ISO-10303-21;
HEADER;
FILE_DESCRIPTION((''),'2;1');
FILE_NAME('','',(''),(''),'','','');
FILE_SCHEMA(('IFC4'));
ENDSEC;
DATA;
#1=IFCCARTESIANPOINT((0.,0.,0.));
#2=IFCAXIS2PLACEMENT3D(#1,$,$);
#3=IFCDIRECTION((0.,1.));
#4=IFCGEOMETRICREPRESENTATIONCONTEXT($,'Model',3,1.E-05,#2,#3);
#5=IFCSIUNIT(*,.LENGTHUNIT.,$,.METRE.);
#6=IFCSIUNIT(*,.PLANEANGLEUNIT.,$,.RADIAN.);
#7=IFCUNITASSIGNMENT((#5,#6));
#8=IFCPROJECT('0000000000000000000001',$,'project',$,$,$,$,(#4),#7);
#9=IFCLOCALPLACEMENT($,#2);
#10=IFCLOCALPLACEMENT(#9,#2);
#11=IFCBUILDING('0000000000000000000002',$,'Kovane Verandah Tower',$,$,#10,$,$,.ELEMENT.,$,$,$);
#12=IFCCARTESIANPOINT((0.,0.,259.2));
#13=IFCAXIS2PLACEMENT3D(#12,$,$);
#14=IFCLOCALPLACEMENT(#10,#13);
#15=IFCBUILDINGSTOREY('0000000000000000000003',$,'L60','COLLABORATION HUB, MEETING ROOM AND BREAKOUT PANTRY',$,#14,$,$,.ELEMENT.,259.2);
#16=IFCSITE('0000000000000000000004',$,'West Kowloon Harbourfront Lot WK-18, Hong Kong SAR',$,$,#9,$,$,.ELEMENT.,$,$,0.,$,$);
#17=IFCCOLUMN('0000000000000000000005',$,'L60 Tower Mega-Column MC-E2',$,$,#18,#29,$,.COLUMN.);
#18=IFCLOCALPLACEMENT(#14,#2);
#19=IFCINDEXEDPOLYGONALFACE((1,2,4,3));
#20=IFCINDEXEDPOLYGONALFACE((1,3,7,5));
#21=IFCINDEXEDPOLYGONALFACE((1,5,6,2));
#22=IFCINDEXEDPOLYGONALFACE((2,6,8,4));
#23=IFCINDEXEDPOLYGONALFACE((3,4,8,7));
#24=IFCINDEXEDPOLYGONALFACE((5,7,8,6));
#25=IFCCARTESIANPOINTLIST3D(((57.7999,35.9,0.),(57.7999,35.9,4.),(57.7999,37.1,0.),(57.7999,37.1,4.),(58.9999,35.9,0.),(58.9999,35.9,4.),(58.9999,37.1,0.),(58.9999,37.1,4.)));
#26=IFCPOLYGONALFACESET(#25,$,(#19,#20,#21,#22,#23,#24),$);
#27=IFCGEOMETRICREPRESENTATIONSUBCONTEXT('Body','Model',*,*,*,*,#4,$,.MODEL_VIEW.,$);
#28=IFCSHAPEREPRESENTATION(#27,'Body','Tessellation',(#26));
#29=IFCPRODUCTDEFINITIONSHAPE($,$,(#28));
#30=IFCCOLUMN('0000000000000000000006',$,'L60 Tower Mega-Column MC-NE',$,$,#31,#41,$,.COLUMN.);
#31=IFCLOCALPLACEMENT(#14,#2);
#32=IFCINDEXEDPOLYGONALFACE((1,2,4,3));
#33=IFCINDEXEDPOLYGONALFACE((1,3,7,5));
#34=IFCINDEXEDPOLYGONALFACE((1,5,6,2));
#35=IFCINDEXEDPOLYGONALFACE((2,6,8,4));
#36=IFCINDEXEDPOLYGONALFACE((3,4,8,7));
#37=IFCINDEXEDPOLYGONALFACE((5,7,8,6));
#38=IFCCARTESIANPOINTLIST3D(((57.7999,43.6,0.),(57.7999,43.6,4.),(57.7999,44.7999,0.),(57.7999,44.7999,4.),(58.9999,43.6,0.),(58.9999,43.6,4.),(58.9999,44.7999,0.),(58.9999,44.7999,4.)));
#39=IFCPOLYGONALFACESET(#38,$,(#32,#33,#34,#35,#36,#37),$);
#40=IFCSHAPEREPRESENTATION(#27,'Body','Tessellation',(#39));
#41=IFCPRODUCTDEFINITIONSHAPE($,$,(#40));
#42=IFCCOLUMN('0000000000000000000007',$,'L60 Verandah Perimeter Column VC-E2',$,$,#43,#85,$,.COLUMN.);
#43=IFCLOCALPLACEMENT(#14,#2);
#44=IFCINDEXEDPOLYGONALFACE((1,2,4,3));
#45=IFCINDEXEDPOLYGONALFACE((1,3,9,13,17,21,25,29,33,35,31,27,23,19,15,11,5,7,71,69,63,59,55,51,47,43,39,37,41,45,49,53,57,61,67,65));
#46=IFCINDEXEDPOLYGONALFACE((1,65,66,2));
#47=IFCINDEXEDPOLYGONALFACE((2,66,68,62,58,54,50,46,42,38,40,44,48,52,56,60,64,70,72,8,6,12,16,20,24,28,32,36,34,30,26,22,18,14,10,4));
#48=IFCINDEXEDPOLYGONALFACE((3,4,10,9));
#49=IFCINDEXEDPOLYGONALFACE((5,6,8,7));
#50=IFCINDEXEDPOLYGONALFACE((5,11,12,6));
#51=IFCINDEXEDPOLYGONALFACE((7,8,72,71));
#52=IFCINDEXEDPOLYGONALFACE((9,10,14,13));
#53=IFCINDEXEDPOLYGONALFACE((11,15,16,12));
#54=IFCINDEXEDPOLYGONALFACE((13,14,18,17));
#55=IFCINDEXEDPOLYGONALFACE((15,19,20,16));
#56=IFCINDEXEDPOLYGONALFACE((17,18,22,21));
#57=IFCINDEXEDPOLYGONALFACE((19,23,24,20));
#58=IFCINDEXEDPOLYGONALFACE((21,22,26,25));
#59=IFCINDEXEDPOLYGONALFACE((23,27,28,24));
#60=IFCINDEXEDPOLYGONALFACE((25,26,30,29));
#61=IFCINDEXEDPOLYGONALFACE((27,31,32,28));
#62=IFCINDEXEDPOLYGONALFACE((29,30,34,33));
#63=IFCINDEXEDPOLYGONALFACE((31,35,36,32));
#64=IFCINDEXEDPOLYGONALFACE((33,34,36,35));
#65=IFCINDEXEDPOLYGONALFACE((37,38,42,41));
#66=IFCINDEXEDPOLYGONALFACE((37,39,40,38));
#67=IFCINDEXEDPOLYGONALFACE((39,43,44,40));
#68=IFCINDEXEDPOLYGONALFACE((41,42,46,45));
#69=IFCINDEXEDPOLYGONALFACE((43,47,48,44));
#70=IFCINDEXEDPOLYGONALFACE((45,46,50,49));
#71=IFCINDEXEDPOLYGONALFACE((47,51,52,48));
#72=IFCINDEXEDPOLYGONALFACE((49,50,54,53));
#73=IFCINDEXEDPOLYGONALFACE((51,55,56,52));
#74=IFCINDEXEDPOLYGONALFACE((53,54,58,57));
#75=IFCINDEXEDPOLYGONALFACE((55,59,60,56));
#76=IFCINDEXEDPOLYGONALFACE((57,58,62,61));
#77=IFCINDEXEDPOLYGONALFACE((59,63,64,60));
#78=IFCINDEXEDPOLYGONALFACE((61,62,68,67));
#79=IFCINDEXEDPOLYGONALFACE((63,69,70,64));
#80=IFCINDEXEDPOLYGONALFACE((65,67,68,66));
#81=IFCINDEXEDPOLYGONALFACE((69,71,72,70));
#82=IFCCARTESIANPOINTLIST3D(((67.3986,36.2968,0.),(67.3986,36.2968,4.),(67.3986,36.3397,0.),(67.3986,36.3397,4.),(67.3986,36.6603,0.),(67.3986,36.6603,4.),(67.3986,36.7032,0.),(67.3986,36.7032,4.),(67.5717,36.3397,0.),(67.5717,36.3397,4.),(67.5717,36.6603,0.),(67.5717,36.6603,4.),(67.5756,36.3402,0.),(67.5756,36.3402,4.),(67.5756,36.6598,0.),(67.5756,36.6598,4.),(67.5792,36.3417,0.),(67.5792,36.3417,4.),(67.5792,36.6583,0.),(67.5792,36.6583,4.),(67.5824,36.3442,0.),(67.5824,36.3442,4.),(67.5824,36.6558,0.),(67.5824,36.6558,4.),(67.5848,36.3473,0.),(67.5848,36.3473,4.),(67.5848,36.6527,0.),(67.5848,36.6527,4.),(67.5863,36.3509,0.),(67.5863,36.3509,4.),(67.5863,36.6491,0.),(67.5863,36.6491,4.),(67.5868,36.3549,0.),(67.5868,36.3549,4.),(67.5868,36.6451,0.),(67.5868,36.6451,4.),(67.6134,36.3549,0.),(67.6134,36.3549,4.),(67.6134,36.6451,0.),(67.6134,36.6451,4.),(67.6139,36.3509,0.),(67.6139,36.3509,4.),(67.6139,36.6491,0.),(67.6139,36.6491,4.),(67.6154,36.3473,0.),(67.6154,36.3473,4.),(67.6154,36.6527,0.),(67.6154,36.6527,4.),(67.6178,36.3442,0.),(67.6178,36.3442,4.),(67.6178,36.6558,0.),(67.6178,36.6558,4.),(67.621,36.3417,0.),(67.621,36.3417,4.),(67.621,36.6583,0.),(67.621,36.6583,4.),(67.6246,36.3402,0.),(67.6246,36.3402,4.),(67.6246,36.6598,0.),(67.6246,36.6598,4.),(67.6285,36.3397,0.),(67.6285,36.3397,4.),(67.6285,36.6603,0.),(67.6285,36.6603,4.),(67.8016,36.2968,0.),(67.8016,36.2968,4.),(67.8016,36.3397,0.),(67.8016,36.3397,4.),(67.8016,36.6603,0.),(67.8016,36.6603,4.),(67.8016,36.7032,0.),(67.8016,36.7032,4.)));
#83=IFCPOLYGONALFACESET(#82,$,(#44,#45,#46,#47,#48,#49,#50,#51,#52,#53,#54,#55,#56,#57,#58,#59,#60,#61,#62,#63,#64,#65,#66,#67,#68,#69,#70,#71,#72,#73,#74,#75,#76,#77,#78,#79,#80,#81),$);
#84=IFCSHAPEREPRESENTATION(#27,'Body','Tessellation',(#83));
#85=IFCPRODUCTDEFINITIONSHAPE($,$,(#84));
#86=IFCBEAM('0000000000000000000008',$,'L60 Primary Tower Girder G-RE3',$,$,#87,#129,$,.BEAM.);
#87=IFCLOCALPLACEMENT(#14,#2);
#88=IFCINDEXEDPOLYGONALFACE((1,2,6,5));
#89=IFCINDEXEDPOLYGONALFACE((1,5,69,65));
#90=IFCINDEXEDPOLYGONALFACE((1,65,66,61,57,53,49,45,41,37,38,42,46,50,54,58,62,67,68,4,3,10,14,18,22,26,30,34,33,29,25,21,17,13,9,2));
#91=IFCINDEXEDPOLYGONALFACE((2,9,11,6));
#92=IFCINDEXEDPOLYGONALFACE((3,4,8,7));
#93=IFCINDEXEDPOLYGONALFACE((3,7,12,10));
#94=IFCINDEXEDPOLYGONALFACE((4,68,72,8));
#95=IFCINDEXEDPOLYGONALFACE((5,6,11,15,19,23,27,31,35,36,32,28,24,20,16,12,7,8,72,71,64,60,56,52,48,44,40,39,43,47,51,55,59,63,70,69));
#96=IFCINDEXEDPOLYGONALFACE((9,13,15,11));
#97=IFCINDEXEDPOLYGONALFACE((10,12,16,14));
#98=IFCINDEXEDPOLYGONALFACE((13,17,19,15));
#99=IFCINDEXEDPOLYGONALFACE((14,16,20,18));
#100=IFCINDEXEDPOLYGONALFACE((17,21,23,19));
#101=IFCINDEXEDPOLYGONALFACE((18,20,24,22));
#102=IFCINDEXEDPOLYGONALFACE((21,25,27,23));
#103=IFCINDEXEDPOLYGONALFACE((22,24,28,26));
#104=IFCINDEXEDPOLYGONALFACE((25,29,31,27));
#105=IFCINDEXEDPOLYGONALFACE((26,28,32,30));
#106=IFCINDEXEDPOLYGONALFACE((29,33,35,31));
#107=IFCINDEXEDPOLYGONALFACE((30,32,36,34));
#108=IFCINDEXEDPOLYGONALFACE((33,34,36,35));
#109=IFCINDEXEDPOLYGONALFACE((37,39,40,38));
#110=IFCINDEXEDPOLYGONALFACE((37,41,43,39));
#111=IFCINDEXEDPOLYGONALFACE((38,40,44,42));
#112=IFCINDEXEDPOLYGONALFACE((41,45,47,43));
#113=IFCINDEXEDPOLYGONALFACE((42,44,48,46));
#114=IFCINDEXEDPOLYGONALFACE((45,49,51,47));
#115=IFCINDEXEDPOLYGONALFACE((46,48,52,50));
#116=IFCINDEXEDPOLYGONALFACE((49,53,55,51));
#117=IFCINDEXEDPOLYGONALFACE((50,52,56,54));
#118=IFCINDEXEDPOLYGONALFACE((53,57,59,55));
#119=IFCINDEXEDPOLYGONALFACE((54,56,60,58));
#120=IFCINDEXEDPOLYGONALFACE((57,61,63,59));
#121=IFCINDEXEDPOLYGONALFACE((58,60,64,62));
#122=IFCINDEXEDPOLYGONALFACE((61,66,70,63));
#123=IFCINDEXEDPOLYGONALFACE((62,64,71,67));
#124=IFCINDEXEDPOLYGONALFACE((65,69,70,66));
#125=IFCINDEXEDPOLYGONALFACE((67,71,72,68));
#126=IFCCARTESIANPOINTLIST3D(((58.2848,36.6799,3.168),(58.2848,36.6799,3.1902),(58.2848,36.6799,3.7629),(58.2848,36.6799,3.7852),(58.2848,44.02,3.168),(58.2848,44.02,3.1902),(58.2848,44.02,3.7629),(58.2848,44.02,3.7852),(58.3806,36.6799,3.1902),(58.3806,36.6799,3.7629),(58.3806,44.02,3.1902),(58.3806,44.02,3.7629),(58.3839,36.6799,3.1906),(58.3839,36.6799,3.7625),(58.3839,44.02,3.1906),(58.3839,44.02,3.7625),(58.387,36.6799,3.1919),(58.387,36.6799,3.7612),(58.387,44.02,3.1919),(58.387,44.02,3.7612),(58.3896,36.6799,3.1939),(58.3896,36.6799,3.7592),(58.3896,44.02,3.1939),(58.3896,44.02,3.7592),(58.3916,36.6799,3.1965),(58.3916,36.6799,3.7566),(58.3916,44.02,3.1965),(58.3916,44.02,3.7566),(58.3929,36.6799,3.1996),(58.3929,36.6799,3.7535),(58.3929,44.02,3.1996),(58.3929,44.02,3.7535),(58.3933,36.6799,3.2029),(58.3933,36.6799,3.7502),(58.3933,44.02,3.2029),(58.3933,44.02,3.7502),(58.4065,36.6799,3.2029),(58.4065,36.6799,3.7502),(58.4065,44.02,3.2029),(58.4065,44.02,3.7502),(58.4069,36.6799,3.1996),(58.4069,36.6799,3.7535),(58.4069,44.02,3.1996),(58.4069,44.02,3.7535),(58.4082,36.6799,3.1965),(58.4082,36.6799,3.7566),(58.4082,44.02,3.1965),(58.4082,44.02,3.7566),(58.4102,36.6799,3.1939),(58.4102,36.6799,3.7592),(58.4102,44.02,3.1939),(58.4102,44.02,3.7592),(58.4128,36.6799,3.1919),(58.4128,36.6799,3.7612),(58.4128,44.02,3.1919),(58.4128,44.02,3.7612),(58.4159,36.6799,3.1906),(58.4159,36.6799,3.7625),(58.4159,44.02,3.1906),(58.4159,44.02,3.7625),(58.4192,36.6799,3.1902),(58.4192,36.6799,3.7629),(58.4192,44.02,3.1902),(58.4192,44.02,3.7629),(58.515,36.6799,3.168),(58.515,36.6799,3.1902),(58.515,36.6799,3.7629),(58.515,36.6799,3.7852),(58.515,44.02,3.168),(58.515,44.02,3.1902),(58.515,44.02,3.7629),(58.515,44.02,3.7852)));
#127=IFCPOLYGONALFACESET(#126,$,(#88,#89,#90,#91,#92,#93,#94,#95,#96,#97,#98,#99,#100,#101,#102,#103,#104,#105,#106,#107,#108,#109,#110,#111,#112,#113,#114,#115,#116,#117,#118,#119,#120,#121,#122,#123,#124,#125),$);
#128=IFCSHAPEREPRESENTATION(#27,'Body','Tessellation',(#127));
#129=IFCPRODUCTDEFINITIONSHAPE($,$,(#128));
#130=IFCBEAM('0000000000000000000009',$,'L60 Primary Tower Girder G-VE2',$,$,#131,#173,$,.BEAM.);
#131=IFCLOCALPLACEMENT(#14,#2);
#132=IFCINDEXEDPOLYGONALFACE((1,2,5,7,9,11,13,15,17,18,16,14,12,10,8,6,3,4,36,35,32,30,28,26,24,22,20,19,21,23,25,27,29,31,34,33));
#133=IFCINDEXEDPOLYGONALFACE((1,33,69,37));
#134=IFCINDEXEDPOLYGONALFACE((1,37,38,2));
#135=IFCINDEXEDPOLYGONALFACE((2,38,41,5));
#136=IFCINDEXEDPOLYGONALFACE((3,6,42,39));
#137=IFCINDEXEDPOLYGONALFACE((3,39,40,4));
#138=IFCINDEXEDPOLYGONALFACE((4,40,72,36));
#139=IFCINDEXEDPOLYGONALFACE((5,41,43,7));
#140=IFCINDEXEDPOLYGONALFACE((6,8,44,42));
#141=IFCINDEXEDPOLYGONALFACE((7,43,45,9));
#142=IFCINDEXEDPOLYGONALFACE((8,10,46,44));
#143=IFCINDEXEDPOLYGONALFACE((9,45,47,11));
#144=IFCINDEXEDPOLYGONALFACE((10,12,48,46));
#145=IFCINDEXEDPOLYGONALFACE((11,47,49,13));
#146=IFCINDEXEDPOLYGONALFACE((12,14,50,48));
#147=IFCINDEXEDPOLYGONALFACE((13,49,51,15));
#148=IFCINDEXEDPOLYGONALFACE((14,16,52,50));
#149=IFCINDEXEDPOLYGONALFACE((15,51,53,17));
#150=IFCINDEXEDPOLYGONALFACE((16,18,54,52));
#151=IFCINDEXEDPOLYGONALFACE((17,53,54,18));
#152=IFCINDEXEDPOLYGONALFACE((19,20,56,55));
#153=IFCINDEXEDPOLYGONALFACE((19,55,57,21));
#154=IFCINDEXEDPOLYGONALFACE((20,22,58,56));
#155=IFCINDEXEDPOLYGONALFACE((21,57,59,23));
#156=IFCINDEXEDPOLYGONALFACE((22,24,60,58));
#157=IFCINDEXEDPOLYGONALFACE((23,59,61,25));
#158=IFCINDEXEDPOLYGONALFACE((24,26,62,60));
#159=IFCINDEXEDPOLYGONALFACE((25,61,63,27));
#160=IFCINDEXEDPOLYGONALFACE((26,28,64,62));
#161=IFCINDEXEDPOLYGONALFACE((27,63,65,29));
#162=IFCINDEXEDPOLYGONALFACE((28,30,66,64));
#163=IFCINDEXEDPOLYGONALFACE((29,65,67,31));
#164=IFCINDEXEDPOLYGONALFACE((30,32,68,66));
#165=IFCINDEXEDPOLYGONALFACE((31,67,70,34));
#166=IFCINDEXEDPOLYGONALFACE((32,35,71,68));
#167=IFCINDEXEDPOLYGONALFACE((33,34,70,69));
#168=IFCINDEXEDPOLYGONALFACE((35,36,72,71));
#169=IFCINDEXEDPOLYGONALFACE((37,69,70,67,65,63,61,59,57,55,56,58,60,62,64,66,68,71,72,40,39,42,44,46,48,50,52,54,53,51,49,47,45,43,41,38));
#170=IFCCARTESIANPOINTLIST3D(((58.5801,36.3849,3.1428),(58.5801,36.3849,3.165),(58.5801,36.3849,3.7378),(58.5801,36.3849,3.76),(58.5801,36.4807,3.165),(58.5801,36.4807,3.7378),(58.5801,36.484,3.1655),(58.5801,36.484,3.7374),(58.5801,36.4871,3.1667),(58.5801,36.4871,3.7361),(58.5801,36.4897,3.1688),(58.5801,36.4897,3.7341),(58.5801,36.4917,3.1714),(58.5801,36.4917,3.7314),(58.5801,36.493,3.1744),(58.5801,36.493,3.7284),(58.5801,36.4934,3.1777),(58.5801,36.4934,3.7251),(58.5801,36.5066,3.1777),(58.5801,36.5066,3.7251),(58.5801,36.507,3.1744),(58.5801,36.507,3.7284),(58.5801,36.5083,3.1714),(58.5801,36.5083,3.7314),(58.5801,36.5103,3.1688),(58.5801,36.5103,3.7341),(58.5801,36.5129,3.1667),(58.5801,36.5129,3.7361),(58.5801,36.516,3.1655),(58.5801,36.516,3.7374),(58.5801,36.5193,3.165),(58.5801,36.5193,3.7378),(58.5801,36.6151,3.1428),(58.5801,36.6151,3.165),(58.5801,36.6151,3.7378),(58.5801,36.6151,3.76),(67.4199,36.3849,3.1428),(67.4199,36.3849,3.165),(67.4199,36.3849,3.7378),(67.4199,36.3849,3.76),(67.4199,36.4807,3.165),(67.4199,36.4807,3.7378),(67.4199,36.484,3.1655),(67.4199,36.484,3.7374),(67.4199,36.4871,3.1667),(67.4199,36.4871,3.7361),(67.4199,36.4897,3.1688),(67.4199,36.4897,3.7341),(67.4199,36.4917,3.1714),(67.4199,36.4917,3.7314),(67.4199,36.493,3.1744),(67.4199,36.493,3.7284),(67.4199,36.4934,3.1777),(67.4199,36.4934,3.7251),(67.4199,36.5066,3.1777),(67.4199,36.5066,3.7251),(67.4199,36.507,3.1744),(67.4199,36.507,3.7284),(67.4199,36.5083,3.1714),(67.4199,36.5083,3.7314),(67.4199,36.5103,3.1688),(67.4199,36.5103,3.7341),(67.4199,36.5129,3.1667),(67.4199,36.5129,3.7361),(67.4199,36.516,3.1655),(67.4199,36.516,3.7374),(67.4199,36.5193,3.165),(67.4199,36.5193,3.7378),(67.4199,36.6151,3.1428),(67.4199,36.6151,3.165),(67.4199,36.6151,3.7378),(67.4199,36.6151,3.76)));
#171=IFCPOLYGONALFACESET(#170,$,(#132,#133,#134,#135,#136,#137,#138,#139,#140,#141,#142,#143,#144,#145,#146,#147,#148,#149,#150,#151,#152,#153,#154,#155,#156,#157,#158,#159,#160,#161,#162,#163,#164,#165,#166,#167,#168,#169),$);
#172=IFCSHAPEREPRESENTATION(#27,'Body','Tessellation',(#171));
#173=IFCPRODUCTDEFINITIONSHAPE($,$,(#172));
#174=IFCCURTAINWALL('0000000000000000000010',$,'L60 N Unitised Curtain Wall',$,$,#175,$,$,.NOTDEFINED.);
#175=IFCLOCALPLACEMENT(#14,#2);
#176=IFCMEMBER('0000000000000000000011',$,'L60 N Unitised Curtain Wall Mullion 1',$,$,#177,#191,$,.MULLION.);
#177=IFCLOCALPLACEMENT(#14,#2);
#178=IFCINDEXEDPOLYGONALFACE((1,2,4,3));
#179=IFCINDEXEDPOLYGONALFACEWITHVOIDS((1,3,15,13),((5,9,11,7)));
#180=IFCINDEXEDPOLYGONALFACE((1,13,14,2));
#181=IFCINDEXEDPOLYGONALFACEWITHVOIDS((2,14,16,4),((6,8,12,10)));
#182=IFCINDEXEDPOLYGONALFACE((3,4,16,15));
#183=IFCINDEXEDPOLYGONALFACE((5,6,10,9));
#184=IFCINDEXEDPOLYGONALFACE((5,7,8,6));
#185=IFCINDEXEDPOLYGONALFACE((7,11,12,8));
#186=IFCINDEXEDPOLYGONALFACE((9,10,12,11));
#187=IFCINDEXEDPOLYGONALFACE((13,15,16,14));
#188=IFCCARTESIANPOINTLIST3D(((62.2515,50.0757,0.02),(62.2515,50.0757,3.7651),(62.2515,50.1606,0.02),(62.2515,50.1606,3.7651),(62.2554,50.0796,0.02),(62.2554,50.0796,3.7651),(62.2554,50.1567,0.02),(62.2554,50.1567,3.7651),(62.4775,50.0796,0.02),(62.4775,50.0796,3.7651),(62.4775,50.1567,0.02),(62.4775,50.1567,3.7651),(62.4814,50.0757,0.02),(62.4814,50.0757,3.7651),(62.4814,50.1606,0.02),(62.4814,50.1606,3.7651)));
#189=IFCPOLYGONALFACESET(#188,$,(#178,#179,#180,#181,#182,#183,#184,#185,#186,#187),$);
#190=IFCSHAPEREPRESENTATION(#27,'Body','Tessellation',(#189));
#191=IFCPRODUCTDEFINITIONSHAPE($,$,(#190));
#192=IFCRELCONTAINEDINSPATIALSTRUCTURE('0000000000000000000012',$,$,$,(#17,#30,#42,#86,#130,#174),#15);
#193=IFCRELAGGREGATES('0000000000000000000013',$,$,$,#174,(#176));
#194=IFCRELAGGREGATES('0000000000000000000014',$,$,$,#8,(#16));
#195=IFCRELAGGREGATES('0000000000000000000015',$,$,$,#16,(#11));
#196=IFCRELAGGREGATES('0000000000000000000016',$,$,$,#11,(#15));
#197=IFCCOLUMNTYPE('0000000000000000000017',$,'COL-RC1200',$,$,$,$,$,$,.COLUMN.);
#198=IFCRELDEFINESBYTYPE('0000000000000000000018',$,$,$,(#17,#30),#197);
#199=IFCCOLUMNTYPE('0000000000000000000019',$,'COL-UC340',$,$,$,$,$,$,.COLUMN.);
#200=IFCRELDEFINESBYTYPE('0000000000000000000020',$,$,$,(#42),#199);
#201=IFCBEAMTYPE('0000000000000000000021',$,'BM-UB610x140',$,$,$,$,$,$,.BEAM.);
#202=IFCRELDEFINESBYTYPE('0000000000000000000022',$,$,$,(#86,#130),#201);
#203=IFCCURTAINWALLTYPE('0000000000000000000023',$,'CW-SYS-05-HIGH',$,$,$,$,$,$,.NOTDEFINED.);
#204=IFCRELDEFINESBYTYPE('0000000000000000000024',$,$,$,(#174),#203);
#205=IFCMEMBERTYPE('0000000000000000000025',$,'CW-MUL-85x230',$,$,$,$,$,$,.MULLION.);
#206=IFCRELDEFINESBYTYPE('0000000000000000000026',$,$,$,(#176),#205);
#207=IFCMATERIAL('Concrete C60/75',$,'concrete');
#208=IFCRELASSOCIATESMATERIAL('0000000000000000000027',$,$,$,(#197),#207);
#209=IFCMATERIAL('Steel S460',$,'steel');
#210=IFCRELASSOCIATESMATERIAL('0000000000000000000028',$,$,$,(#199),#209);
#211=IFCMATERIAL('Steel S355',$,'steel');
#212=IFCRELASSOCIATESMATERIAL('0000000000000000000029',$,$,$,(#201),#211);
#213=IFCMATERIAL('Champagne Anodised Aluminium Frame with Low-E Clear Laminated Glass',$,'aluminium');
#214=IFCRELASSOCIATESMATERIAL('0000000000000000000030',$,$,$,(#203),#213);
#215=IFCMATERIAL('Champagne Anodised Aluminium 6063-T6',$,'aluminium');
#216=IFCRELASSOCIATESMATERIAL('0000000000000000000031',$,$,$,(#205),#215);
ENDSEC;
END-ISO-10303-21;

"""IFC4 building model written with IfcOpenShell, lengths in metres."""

from ifc_helpers import new_model, si_unit, direction, frame, origin, origin_2d, place, context, subcontext, project, spatial, rectangle, hollow_rectangle, i_section, extrude, material, material_profile, profile_set, type_object, element, aggregate, save


model = new_model("IFC4")

# Units and contexts
model_context = context("Model", 3, precision=1e-05, world=origin(), true_north=direction((0.0, 1.0)))
body_context = subcontext(model_context, "Body", "Model", "MODEL_VIEW")
ifc_project = project(units=[si_unit("LENGTHUNIT", "METRE"), si_unit("PLANEANGLEUNIT", "RADIAN")], contexts=[model_context])

# Site, building, storey
site_placement = place(None, origin())
site = spatial("IfcSite", under=ifc_project, at=site_placement, Name="West Kowloon Harbourfront Lot WK-18, Hong Kong SAR", CompositionType="ELEMENT", RefElevation=0.0)
building_placement = place(site_placement, origin())
building = spatial("IfcBuilding", under=site, at=building_placement, Name="Kovane Verandah Tower", CompositionType="ELEMENT")
storey_placement = place(building_placement, frame((0.0, 0.0, 259.2)))
storey = spatial("IfcBuildingStorey", under=building, at=storey_placement, Name="L60", Description="COLLABORATION HUB, MEETING ROOM AND BREAKOUT PANTRY", CompositionType="ELEMENT", Elevation=259.2)

# Columns
ifc_material_1 = material(Name="Concrete C60/75", Category="concrete")
ifc_material_profile_1 = material_profile(ifc_material_1, rectangle(XDim=1.2, YDim=1.2, at=origin_2d()), Name="RC1200x1200")
ifc_profile_set_1 = profile_set([ifc_material_profile_1], Name="Concrete C60/75")
column_type_1 = type_object("IfcColumnType", Name="COL-RC1200", PredefinedType="COLUMN", material=ifc_profile_set_1)
for number, where, z_axis, x_axis, name in (
    (1, (58.3999, 36.5, 0.0), (0.0, 0.0, 1.0), (1.0, 0.0, 0.0), "L60 Tower Mega-Column MC-E2"),
    (2, (58.3999, 44.2, 0.0), (0.0, 0.0, 1.0), (1.0, 0.0, 0.0), "L60 Tower Mega-Column MC-NE"),
):
    element("IfcColumn", number, at=place(storey_placement, frame(where, z_axis=z_axis, x_axis=x_axis)), inside=storey, type_object=column_type_1, Name=name, PredefinedType="COLUMN", context=body_context, shape_type="SweptSolid", body=[
        extrude(rectangle(XDim=1.2, YDim=1.2, at=origin_2d()), origin(), (0.0, 0.0, 1.0), 4.0),
    ])
ifc_material_2 = material(Name="Steel S460", Category="steel")
ifc_material_profile_2 = material_profile(ifc_material_2, i_section(OverallWidth=0.4031, OverallDepth=0.4065, WebThickness=0.0266, FlangeThickness=0.043, FilletRadius=0.0151, at=origin_2d()), Name="UC356x406x340")
ifc_profile_set_2 = profile_set([ifc_material_profile_2], Name="Steel S460")
column_type_2 = type_object("IfcColumnType", Name="COL-UC340", PredefinedType="COLUMN", material=ifc_profile_set_2)
column_placement = place(storey_placement, frame((67.6001, 36.5, 0.0), z_axis=(0.0, 0.0, 1.0), x_axis=(1.0, 0.0, 0.0)))
element("IfcColumn", 3, at=column_placement, inside=storey, type_object=column_type_2, Name="L60 Verandah Perimeter Column VC-E2", PredefinedType="COLUMN", context=body_context, shape_type="SweptSolid", body=[
    extrude(i_section(OverallWidth=0.4031, OverallDepth=0.4065, WebThickness=0.0266, FlangeThickness=0.043, FilletRadius=0.0151, at=origin_2d()), origin(), (0.0, 0.0, 1.0), 4.0),
])

# Beams
ifc_material_3 = material(Name="Steel S355", Category="steel")
ifc_material_profile_3 = material_profile(ifc_material_3, i_section(OverallWidth=0.2302, OverallDepth=0.6172, WebThickness=0.0132, FlangeThickness=0.0222, FilletRadius=0.0127, at=origin_2d()), Name="UB610x229x140")
ifc_profile_set_3 = profile_set([ifc_material_profile_3], Name="Steel S355")
beam_type_1 = type_object("IfcBeamType", Name="BM-UB610x140", PredefinedType="BEAM", material=ifc_profile_set_3)
beam_1_placement = place(storey_placement, frame((58.3999, 36.6799, 3.4766), z_axis=(0.0, 1.0, 0.0), x_axis=(-1.0, 0.0, 0.0)))
element("IfcBeam", 4, at=beam_1_placement, inside=storey, type_object=beam_type_1, Name="L60 Primary Tower Girder G-RE3", PredefinedType="BEAM", context=body_context, shape_type="SweptSolid", body=[
    extrude(i_section(OverallWidth=0.2302, OverallDepth=0.6172, WebThickness=0.0132, FlangeThickness=0.0222, FilletRadius=0.0127, at=origin_2d()), origin(), (0.0, 0.0, 1.0), 7.3401),
])
beam_2_placement = place(storey_placement, frame((58.5801, 36.5, 3.4514), z_axis=(1.0, 0.0, 0.0), x_axis=(0.0, 1.0, 0.0)))
element("IfcBeam", 5, at=beam_2_placement, inside=storey, type_object=beam_type_1, Name="L60 Primary Tower Girder G-VE2", PredefinedType="BEAM", context=body_context, shape_type="SweptSolid", body=[
    extrude(i_section(OverallWidth=0.2302, OverallDepth=0.6172, WebThickness=0.0132, FlangeThickness=0.0222, FilletRadius=0.0127, at=origin_2d()), origin(), (0.0, 0.0, 1.0), 8.8398),
])

# Curtain wall, member
ifc_material_4 = material(Name="Champagne Anodised Aluminium Frame with Low-E Clear Laminated Glass", Category="aluminium")
curtain_wall_type = type_object("IfcCurtainWallType", Name="CW-SYS-05-HIGH", PredefinedType="NOTDEFINED", material=ifc_material_4)
curtain_wall_placement = place(storey_placement, origin())
curtain_wall = element("IfcCurtainWall", 6, at=curtain_wall_placement, inside=storey, type_object=curtain_wall_type, Name="L60 N Unitised Curtain Wall", PredefinedType="NOTDEFINED")
ifc_material_5 = material(Name="Champagne Anodised Aluminium 6063-T6", Category="aluminium")
ifc_material_profile_4 = material_profile(ifc_material_5, hollow_rectangle(XDim=0.085, YDim=0.23, WallThickness=0.0039, at=origin_2d()), Name="AL85x230x4")
ifc_profile_set_4 = profile_set([ifc_material_profile_4], Name="Champagne Anodised Aluminium 6063-T6")
member_type_1 = type_object("IfcMemberType", Name="CW-MUL-85x230", PredefinedType="MULLION", material=ifc_profile_set_4)
member_1_placement = place(storey_placement, frame((62.3665, 50.1182, 0.02), z_axis=(0.0, 0.0, 1.0), x_axis=(0.0, 1.0, 0.0)))
member_1 = element("IfcMember", 7, at=member_1_placement, type_object=member_type_1, Name="L60 N Unitised Curtain Wall Mullion 1", PredefinedType="MULLION", context=body_context, shape_type="SweptSolid", body=[
    extrude(hollow_rectangle(XDim=0.085, YDim=0.23, WallThickness=0.0039, at=origin_2d()), origin(), (0.0, 0.0, 1.0), 3.7451),
])

aggregate(curtain_wall, [member_1])

save(model, "model.ifc")
